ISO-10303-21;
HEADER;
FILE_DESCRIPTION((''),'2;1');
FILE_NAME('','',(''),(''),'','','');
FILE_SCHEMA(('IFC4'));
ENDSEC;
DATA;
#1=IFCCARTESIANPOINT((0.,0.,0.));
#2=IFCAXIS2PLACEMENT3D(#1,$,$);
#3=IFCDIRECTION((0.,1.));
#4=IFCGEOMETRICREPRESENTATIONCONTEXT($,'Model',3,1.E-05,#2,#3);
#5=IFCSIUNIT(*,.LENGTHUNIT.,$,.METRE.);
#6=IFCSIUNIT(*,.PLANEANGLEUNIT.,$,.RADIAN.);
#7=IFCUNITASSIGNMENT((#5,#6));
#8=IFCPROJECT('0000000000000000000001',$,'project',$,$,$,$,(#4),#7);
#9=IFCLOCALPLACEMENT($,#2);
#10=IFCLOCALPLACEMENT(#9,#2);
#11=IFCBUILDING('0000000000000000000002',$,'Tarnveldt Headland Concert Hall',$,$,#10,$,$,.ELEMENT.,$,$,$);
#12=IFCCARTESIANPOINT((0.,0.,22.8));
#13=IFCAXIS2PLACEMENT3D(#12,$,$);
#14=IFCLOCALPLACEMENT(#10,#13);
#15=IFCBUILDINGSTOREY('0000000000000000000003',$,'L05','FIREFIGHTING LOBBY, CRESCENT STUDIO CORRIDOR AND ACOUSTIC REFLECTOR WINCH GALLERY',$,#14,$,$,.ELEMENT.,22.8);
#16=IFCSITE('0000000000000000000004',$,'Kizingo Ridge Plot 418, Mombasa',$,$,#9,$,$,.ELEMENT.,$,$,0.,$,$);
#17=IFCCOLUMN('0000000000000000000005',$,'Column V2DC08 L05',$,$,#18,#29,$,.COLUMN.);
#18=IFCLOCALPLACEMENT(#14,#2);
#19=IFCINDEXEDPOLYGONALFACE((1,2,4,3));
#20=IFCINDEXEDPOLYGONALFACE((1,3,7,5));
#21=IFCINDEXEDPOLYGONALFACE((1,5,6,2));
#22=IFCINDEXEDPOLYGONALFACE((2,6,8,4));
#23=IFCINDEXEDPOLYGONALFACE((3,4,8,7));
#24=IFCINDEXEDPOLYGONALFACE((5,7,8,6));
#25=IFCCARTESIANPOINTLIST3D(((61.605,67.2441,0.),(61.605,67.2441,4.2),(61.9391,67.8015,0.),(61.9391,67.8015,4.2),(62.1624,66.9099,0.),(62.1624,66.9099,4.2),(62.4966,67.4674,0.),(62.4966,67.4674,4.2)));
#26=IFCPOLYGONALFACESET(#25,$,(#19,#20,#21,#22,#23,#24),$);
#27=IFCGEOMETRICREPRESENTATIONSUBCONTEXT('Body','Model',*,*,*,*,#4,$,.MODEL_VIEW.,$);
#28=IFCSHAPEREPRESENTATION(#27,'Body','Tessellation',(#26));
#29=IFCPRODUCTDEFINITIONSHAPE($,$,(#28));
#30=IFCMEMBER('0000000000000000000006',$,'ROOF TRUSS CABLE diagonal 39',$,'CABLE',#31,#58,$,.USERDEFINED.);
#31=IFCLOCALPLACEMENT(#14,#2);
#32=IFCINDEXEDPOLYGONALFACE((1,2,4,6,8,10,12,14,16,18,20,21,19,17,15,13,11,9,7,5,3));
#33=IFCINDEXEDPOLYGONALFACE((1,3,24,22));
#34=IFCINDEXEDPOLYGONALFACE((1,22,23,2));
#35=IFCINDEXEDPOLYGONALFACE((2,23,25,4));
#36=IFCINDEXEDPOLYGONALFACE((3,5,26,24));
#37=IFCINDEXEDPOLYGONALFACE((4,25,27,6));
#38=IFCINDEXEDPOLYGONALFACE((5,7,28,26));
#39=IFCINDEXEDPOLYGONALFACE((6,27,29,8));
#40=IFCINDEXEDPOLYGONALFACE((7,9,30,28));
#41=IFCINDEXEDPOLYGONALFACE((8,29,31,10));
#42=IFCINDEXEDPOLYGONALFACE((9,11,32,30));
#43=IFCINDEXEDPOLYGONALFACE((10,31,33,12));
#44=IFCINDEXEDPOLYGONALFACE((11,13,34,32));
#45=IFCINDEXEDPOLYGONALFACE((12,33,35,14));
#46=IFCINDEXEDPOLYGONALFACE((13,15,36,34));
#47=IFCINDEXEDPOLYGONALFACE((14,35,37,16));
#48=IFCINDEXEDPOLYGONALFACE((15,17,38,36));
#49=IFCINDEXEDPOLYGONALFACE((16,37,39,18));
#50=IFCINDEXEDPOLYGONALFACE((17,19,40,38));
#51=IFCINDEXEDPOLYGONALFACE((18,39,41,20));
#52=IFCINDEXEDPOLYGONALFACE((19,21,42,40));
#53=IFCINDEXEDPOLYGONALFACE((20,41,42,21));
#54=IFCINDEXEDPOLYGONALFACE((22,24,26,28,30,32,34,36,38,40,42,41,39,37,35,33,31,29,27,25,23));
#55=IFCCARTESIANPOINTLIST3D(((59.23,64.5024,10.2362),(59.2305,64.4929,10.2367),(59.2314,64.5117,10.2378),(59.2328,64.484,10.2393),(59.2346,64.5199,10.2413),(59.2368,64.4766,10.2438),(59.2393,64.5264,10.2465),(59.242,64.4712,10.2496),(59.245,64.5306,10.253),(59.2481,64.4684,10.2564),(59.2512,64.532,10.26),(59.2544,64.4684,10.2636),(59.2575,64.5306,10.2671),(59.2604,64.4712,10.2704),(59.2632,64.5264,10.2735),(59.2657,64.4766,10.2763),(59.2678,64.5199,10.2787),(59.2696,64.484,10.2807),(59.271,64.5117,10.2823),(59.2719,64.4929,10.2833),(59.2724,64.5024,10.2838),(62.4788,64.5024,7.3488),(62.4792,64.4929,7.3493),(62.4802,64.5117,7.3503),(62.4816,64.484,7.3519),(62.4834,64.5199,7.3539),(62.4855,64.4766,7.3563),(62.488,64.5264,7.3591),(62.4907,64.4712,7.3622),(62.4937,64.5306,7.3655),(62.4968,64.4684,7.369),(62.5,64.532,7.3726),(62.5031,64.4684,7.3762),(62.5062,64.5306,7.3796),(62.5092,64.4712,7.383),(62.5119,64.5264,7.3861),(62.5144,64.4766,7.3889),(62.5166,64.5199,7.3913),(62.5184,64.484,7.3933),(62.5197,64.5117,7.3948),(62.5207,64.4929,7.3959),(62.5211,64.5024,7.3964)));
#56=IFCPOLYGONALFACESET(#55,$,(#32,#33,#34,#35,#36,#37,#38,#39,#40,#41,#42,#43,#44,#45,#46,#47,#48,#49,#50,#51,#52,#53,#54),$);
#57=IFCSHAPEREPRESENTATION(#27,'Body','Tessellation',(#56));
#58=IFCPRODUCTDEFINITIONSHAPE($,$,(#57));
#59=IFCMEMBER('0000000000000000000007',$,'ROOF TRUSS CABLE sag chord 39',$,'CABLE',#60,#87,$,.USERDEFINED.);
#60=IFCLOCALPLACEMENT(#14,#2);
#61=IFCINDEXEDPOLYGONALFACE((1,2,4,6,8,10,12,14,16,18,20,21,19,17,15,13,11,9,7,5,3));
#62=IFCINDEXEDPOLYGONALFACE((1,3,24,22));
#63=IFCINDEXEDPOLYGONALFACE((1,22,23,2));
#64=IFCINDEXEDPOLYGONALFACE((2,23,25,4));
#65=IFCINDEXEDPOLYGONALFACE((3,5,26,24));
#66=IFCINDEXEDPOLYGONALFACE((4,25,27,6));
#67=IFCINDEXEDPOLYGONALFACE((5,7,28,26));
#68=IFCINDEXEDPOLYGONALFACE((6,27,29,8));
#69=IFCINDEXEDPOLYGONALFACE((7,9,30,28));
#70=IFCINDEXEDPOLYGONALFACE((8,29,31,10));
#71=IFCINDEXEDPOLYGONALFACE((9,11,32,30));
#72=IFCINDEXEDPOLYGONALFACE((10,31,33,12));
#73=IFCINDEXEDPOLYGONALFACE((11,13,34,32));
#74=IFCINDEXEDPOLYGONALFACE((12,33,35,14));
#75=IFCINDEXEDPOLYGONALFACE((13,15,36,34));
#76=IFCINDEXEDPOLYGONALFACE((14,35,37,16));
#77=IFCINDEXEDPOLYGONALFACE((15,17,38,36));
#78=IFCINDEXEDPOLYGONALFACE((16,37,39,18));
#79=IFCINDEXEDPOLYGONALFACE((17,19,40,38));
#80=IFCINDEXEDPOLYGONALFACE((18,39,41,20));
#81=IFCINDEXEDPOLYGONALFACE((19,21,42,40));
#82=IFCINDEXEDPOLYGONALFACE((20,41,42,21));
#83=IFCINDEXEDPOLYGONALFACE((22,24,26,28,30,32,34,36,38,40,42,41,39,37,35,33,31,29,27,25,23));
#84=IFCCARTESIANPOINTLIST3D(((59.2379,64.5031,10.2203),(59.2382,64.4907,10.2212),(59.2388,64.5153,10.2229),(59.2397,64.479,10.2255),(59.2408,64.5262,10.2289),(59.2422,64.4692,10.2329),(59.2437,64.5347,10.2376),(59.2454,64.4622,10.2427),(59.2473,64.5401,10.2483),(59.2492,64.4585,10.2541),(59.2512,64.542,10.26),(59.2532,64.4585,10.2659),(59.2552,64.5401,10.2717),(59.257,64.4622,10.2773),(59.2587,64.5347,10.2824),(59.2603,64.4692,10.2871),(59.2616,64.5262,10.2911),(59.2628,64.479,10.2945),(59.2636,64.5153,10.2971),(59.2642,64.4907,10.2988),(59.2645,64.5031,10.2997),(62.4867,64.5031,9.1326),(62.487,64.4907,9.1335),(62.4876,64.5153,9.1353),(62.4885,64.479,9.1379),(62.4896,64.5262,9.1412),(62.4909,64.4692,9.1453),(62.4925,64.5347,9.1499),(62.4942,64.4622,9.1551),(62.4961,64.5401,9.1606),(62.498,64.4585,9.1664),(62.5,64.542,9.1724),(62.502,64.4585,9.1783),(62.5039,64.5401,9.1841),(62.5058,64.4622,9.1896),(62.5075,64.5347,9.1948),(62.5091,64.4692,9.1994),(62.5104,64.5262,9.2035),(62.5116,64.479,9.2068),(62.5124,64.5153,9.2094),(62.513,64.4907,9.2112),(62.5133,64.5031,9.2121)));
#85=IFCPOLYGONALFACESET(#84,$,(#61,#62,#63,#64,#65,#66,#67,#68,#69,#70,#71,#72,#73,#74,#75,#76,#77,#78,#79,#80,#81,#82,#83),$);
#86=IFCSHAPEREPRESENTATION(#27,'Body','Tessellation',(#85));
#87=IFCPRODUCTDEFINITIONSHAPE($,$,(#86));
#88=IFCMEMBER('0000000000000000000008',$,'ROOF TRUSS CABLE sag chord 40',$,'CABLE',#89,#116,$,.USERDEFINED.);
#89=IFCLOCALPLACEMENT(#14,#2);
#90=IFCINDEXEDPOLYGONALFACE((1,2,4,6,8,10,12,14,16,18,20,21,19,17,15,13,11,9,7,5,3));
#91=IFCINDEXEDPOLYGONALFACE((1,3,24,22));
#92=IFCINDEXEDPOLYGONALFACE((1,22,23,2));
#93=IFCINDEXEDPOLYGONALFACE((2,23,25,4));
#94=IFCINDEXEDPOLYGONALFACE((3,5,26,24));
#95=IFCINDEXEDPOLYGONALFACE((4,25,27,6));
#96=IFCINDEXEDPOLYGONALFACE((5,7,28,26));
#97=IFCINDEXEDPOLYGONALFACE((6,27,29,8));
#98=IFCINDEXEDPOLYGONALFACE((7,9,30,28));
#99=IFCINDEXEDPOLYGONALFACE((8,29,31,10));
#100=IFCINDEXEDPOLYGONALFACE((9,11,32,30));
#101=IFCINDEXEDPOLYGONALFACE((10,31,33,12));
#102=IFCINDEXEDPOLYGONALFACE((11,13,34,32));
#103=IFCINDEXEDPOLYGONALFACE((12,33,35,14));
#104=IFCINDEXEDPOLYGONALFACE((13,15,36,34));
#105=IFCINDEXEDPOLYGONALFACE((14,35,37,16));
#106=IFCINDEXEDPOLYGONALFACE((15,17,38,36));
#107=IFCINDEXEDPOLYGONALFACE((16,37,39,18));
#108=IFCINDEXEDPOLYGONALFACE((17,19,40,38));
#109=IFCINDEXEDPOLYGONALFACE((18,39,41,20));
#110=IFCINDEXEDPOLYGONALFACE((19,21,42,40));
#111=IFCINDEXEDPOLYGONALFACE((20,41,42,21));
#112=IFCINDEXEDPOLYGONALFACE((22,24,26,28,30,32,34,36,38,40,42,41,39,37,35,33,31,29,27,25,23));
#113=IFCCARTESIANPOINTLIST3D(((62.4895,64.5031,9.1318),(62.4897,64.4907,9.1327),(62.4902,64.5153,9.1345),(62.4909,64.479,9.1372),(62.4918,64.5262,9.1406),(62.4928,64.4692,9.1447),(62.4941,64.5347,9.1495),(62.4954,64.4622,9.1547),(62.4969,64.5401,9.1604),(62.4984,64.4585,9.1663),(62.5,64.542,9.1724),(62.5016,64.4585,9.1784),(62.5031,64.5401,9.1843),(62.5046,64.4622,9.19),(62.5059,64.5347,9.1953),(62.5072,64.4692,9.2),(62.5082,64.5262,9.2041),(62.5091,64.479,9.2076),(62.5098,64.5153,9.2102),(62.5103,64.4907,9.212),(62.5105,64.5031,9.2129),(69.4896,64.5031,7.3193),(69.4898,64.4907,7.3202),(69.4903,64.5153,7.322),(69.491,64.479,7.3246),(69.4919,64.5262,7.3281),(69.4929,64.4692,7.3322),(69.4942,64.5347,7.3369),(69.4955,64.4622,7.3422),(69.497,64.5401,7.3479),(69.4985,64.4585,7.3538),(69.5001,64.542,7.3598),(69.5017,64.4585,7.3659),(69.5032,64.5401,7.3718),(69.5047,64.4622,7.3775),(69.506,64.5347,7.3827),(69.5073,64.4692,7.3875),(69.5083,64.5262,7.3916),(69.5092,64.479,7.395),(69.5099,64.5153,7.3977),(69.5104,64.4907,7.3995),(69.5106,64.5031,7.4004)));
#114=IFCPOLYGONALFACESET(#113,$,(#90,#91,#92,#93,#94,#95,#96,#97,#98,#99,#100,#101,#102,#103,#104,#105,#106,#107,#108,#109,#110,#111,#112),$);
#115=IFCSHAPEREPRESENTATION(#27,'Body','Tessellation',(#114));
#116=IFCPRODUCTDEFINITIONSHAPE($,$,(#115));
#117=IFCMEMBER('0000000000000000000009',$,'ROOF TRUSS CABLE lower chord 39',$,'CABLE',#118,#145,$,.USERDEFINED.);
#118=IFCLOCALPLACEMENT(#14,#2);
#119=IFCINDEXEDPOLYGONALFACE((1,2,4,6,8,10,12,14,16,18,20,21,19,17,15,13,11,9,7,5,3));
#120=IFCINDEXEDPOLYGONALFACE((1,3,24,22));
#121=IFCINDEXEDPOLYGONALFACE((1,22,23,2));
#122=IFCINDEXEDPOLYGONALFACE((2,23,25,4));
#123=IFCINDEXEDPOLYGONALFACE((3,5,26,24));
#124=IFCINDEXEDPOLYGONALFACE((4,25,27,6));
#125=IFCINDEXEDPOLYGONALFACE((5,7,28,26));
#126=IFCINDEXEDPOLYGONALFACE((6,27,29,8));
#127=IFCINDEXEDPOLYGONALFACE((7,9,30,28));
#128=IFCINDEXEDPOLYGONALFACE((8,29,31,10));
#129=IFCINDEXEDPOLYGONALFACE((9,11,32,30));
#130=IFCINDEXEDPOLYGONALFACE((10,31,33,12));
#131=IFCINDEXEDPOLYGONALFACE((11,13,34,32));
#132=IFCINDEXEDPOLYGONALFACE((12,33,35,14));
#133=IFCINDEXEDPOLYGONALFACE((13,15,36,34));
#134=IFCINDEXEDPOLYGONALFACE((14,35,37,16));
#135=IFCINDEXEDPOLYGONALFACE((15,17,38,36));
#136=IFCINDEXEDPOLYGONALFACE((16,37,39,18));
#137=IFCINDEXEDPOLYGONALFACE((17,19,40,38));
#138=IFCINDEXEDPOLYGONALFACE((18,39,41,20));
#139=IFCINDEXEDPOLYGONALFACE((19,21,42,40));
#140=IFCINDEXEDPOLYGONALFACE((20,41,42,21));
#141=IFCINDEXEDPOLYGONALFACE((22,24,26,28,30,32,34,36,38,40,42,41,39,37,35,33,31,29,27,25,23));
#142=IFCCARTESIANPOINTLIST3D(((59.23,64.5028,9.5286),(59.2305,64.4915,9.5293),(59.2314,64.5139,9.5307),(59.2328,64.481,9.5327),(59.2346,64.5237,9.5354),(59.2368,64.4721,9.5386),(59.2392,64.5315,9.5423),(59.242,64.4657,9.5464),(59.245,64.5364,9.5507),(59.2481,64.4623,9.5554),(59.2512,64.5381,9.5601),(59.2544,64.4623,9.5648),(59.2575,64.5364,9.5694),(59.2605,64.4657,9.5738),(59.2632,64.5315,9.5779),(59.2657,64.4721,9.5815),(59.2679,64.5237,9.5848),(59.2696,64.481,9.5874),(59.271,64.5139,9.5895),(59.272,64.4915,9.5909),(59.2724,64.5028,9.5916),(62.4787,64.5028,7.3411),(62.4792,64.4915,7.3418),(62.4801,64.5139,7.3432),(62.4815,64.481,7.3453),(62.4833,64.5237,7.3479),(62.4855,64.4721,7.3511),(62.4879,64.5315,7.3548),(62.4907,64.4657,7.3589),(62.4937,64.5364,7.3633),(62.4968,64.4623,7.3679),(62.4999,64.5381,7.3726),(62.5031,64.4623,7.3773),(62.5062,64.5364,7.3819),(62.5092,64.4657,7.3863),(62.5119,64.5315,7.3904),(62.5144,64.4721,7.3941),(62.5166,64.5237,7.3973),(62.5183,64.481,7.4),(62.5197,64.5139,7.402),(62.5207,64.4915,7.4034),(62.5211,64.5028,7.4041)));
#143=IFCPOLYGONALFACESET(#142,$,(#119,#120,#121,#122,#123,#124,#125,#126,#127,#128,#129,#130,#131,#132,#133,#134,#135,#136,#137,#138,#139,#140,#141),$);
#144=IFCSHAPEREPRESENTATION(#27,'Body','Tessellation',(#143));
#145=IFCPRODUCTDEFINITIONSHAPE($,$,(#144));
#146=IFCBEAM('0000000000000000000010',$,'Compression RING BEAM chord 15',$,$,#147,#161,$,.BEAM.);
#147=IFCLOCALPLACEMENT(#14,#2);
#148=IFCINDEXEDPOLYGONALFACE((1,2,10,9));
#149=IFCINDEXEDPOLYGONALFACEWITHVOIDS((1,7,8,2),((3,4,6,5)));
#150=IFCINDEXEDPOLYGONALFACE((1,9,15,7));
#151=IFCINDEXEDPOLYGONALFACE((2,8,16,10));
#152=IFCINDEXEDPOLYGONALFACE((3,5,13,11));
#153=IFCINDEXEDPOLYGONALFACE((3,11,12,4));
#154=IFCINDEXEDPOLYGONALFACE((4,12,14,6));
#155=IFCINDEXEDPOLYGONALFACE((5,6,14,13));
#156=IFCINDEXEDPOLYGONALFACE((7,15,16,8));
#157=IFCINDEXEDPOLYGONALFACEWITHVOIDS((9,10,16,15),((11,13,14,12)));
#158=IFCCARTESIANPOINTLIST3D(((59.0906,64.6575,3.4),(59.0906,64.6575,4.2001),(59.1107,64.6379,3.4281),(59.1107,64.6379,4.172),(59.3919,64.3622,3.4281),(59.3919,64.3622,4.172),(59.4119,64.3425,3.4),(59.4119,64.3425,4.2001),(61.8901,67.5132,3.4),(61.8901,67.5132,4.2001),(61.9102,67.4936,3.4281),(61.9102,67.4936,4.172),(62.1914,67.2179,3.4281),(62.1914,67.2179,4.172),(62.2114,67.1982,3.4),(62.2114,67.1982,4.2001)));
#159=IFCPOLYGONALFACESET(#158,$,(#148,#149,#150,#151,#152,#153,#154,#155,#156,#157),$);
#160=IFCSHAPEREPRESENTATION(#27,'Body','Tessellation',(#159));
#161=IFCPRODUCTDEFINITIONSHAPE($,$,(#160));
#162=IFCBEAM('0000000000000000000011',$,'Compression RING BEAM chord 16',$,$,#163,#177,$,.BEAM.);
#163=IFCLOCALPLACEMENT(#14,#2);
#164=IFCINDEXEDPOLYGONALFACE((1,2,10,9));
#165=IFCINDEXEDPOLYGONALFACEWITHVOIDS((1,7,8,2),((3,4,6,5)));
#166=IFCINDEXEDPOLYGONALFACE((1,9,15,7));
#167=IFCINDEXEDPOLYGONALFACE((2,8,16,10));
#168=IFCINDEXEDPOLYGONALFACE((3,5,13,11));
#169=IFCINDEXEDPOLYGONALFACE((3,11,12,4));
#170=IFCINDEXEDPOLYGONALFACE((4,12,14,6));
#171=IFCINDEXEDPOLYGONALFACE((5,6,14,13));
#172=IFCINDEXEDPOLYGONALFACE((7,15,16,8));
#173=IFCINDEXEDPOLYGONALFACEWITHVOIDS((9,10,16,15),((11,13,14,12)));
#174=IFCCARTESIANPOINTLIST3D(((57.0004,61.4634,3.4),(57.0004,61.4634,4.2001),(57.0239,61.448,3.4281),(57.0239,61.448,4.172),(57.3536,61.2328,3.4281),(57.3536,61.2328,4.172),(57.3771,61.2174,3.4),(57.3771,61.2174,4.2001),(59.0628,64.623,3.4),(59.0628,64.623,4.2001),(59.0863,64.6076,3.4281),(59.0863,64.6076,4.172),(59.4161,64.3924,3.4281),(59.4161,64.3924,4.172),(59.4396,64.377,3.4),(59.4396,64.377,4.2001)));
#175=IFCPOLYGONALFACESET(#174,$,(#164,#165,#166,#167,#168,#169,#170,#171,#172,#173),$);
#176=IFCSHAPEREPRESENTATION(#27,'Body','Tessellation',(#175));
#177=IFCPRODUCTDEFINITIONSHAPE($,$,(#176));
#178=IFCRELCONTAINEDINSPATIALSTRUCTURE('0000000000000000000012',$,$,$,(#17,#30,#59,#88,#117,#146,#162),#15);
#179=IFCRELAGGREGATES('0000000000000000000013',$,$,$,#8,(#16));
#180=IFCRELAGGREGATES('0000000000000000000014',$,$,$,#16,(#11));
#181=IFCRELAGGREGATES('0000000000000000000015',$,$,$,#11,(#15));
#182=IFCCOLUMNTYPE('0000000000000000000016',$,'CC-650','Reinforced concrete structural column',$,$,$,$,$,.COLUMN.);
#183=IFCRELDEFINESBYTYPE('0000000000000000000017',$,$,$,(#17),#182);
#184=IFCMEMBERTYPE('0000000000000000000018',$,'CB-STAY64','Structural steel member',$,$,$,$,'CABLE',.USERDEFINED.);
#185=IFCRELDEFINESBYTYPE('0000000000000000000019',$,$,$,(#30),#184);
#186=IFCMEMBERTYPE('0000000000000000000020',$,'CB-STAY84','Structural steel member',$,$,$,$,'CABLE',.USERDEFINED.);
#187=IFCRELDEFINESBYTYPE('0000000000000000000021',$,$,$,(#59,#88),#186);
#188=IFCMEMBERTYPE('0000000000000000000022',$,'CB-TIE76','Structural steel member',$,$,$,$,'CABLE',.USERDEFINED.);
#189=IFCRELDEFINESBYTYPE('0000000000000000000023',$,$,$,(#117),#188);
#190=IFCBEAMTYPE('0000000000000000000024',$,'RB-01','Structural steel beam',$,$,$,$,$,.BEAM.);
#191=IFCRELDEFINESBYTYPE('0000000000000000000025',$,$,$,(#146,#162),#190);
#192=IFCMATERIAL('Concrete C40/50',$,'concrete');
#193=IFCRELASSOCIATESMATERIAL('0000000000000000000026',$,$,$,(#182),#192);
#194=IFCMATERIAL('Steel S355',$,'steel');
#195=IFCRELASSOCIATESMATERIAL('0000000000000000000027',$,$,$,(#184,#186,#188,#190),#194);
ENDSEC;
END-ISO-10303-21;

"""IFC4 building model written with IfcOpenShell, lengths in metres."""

from ifc_helpers import new_model, si_unit, direction, frame, origin, origin_2d, place, context, subcontext, project, spatial, rectangle, hollow_rectangle, circle, extrude, material, material_profile, profile_set, type_object, element, save


model = new_model("IFC4")

# Units and contexts
model_context = context("Model", 3, precision=1e-05, world=origin(), true_north=direction((0.0, 1.0)))
body_context = subcontext(model_context, "Body", "Model", "MODEL_VIEW")
ifc_project = project(units=[si_unit("LENGTHUNIT", "METRE"), si_unit("PLANEANGLEUNIT", "RADIAN")], contexts=[model_context])

# Site, building, storey
site_placement = place(None, origin())
site = spatial("IfcSite", under=ifc_project, at=site_placement, Name="Kizingo Ridge Plot 418, Mombasa", CompositionType="ELEMENT", RefElevation=0.0)
building_placement = place(site_placement, origin())
building = spatial("IfcBuilding", under=site, at=building_placement, Name="Tarnveldt Headland Concert Hall", CompositionType="ELEMENT")
storey_placement = place(building_placement, frame((0.0, 0.0, 22.8)))
storey = spatial("IfcBuildingStorey", under=building, at=storey_placement, Name="L05", Description="FIREFIGHTING LOBBY, CRESCENT STUDIO CORRIDOR AND ACOUSTIC REFLECTOR WINCH GALLERY", CompositionType="ELEMENT", Elevation=22.8)

# Column
ifc_material_1 = material(Name="Concrete C40/50", Category="concrete")
ifc_material_profile_1 = material_profile(ifc_material_1, rectangle(XDim=0.6499, YDim=0.6499, at=origin_2d()), Name="RC 650x650", Category="concrete")
ifc_profile_set_1 = profile_set([ifc_material_profile_1], Name="Concrete C40/50")
column_type = type_object("IfcColumnType", Name="CC-650", Description="Reinforced concrete structural column", PredefinedType="COLUMN", material=ifc_profile_set_1)
column_placement = place(storey_placement, frame((62.0508, 67.3557, 0.0), z_axis=(0.0, 0.0, 1.0), x_axis=(-0.857706, 0.51414, 0.0)))
element("IfcColumn", 1, at=column_placement, inside=storey, type_object=column_type, Name="Column V2DC08 L05", PredefinedType="COLUMN", context=body_context, shape_type="SweptSolid", body=[
    extrude(rectangle(XDim=0.6499, YDim=0.6499, at=origin_2d()), origin(), (0.0, 0.0, 1.0), 4.2),
])

# Members
ifc_material_2 = material(Name="Steel S355", Category="steel")
ifc_material_profile_2 = material_profile(ifc_material_2, circle(Radius=0.032, at=origin_2d()), Name="LC D64", Category="steel")
ifc_profile_set_2 = profile_set([ifc_material_profile_2], Name="Steel S355")
member_type_1 = type_object("IfcMemberType", Name="CB-STAY64", Description="Structural steel member", ElementType="CABLE", PredefinedType="USERDEFINED", material=ifc_profile_set_2)
member_1_placement = place(storey_placement, frame((59.2512, 64.5, 10.26), z_axis=(0.74745, 0.0, -0.664319), x_axis=(0.0, 1.0, 0.0)))
element("IfcMember", 2, at=member_1_placement, inside=storey, type_object=member_type_1, Name="ROOF TRUSS CABLE diagonal 39", ObjectType="CABLE", PredefinedType="USERDEFINED", context=body_context, shape_type="SweptSolid", body=[
    extrude(circle(Radius=0.032, at=origin_2d()), origin(), (0.0, 0.0, 1.0), 4.3464),
])
ifc_material_profile_3 = material_profile(ifc_material_2, circle(Radius=0.042, at=origin_2d()), Name="LC D84", Category="steel")
ifc_profile_set_3 = profile_set([ifc_material_profile_3], Name="Steel S355")
member_type_2 = type_object("IfcMemberType", Name="CB-STAY84", Description="Structural steel member", ElementType="CABLE", PredefinedType="USERDEFINED", material=ifc_profile_set_3)
member_2_placement = place(storey_placement, frame((59.2512, 64.5, 10.26), z_axis=(0.948269, 0.0, -0.317467), x_axis=(0.0, 1.0, 0.0)))
element("IfcMember", 3, at=member_2_placement, inside=storey, type_object=member_type_2, Name="ROOF TRUSS CABLE sag chord 39", ObjectType="CABLE", PredefinedType="USERDEFINED", context=body_context, shape_type="SweptSolid", body=[
    extrude(circle(Radius=0.042, at=origin_2d()), origin(), (0.0, 0.0, 1.0), 3.426),
])
member_3_placement = place(storey_placement, frame((62.5, 64.5, 9.1724), z_axis=(0.968075, 0.0, -0.250662), x_axis=(0.0, 1.0, 0.0)))
element("IfcMember", 4, at=member_3_placement, inside=storey, type_object=member_type_2, Name="ROOF TRUSS CABLE sag chord 40", ObjectType="CABLE", PredefinedType="USERDEFINED", context=body_context, shape_type="SweptSolid", body=[
    extrude(circle(Radius=0.042, at=origin_2d()), origin(), (0.0, 0.0, 1.0), 7.231),
])
ifc_material_profile_4 = material_profile(ifc_material_2, circle(Radius=0.0381, at=origin_2d()), Name="LC D76", Category="steel")
ifc_profile_set_4 = profile_set([ifc_material_profile_4], Name="Steel S355")
member_type_3 = type_object("IfcMemberType", Name="CB-TIE76", Description="Structural steel member", ElementType="CABLE", PredefinedType="USERDEFINED", material=ifc_profile_set_4)
member_4_placement = place(storey_placement, frame((59.2512, 64.5, 9.5601), z_axis=(0.829491, 0.0, -0.558521), x_axis=(0.0, 1.0, 0.0)))
element("IfcMember", 5, at=member_4_placement, inside=storey, type_object=member_type_3, Name="ROOF TRUSS CABLE lower chord 39", ObjectType="CABLE", PredefinedType="USERDEFINED", context=body_context, shape_type="SweptSolid", body=[
    extrude(circle(Radius=0.0381, at=origin_2d()), origin(), (0.0, 0.0, 1.0), 3.9165),
])

# Beams
ifc_material_profile_5 = material_profile(ifc_material_2, hollow_rectangle(XDim=0.45, YDim=0.8, WallThickness=0.0281, at=origin_2d()), Name="RHS 800x450x28", Category="steel")
ifc_profile_set_5 = profile_set([ifc_material_profile_5], Name="Steel S355")
beam_type = type_object("IfcBeamType", Name="RB-01", Description="Structural steel beam", PredefinedType="BEAM", material=ifc_profile_set_5)
beam_1_placement = place(storey_placement, frame((62.0508, 67.3557, 3.8), z_axis=(-0.700051, -0.714093, 0.0), x_axis=(0.714093, -0.700051, 0.0)))
element("IfcBeam", 6, at=beam_1_placement, inside=storey, type_object=beam_type, Name="Compression RING BEAM chord 15", PredefinedType="BEAM", context=body_context, shape_type="SweptSolid", body=[
    extrude(hollow_rectangle(XDim=0.45, YDim=0.8, WallThickness=0.0281, at=origin_2d()), origin(), (0.0, 0.0, 1.0), 3.999),
])
beam_2_placement = place(storey_placement, frame((59.2512, 64.5, 3.8), z_axis=(-0.546611, -0.837387, 0.0), x_axis=(0.837387, -0.546611, 0.0)))
element("IfcBeam", 7, at=beam_2_placement, inside=storey, type_object=beam_type, Name="Compression RING BEAM chord 16", PredefinedType="BEAM", context=body_context, shape_type="SweptSolid", body=[
    extrude(hollow_rectangle(XDim=0.45, YDim=0.8, WallThickness=0.0281, at=origin_2d()), origin(), (0.0, 0.0, 1.0), 3.7732),
])

save(model, "model.ifc")
